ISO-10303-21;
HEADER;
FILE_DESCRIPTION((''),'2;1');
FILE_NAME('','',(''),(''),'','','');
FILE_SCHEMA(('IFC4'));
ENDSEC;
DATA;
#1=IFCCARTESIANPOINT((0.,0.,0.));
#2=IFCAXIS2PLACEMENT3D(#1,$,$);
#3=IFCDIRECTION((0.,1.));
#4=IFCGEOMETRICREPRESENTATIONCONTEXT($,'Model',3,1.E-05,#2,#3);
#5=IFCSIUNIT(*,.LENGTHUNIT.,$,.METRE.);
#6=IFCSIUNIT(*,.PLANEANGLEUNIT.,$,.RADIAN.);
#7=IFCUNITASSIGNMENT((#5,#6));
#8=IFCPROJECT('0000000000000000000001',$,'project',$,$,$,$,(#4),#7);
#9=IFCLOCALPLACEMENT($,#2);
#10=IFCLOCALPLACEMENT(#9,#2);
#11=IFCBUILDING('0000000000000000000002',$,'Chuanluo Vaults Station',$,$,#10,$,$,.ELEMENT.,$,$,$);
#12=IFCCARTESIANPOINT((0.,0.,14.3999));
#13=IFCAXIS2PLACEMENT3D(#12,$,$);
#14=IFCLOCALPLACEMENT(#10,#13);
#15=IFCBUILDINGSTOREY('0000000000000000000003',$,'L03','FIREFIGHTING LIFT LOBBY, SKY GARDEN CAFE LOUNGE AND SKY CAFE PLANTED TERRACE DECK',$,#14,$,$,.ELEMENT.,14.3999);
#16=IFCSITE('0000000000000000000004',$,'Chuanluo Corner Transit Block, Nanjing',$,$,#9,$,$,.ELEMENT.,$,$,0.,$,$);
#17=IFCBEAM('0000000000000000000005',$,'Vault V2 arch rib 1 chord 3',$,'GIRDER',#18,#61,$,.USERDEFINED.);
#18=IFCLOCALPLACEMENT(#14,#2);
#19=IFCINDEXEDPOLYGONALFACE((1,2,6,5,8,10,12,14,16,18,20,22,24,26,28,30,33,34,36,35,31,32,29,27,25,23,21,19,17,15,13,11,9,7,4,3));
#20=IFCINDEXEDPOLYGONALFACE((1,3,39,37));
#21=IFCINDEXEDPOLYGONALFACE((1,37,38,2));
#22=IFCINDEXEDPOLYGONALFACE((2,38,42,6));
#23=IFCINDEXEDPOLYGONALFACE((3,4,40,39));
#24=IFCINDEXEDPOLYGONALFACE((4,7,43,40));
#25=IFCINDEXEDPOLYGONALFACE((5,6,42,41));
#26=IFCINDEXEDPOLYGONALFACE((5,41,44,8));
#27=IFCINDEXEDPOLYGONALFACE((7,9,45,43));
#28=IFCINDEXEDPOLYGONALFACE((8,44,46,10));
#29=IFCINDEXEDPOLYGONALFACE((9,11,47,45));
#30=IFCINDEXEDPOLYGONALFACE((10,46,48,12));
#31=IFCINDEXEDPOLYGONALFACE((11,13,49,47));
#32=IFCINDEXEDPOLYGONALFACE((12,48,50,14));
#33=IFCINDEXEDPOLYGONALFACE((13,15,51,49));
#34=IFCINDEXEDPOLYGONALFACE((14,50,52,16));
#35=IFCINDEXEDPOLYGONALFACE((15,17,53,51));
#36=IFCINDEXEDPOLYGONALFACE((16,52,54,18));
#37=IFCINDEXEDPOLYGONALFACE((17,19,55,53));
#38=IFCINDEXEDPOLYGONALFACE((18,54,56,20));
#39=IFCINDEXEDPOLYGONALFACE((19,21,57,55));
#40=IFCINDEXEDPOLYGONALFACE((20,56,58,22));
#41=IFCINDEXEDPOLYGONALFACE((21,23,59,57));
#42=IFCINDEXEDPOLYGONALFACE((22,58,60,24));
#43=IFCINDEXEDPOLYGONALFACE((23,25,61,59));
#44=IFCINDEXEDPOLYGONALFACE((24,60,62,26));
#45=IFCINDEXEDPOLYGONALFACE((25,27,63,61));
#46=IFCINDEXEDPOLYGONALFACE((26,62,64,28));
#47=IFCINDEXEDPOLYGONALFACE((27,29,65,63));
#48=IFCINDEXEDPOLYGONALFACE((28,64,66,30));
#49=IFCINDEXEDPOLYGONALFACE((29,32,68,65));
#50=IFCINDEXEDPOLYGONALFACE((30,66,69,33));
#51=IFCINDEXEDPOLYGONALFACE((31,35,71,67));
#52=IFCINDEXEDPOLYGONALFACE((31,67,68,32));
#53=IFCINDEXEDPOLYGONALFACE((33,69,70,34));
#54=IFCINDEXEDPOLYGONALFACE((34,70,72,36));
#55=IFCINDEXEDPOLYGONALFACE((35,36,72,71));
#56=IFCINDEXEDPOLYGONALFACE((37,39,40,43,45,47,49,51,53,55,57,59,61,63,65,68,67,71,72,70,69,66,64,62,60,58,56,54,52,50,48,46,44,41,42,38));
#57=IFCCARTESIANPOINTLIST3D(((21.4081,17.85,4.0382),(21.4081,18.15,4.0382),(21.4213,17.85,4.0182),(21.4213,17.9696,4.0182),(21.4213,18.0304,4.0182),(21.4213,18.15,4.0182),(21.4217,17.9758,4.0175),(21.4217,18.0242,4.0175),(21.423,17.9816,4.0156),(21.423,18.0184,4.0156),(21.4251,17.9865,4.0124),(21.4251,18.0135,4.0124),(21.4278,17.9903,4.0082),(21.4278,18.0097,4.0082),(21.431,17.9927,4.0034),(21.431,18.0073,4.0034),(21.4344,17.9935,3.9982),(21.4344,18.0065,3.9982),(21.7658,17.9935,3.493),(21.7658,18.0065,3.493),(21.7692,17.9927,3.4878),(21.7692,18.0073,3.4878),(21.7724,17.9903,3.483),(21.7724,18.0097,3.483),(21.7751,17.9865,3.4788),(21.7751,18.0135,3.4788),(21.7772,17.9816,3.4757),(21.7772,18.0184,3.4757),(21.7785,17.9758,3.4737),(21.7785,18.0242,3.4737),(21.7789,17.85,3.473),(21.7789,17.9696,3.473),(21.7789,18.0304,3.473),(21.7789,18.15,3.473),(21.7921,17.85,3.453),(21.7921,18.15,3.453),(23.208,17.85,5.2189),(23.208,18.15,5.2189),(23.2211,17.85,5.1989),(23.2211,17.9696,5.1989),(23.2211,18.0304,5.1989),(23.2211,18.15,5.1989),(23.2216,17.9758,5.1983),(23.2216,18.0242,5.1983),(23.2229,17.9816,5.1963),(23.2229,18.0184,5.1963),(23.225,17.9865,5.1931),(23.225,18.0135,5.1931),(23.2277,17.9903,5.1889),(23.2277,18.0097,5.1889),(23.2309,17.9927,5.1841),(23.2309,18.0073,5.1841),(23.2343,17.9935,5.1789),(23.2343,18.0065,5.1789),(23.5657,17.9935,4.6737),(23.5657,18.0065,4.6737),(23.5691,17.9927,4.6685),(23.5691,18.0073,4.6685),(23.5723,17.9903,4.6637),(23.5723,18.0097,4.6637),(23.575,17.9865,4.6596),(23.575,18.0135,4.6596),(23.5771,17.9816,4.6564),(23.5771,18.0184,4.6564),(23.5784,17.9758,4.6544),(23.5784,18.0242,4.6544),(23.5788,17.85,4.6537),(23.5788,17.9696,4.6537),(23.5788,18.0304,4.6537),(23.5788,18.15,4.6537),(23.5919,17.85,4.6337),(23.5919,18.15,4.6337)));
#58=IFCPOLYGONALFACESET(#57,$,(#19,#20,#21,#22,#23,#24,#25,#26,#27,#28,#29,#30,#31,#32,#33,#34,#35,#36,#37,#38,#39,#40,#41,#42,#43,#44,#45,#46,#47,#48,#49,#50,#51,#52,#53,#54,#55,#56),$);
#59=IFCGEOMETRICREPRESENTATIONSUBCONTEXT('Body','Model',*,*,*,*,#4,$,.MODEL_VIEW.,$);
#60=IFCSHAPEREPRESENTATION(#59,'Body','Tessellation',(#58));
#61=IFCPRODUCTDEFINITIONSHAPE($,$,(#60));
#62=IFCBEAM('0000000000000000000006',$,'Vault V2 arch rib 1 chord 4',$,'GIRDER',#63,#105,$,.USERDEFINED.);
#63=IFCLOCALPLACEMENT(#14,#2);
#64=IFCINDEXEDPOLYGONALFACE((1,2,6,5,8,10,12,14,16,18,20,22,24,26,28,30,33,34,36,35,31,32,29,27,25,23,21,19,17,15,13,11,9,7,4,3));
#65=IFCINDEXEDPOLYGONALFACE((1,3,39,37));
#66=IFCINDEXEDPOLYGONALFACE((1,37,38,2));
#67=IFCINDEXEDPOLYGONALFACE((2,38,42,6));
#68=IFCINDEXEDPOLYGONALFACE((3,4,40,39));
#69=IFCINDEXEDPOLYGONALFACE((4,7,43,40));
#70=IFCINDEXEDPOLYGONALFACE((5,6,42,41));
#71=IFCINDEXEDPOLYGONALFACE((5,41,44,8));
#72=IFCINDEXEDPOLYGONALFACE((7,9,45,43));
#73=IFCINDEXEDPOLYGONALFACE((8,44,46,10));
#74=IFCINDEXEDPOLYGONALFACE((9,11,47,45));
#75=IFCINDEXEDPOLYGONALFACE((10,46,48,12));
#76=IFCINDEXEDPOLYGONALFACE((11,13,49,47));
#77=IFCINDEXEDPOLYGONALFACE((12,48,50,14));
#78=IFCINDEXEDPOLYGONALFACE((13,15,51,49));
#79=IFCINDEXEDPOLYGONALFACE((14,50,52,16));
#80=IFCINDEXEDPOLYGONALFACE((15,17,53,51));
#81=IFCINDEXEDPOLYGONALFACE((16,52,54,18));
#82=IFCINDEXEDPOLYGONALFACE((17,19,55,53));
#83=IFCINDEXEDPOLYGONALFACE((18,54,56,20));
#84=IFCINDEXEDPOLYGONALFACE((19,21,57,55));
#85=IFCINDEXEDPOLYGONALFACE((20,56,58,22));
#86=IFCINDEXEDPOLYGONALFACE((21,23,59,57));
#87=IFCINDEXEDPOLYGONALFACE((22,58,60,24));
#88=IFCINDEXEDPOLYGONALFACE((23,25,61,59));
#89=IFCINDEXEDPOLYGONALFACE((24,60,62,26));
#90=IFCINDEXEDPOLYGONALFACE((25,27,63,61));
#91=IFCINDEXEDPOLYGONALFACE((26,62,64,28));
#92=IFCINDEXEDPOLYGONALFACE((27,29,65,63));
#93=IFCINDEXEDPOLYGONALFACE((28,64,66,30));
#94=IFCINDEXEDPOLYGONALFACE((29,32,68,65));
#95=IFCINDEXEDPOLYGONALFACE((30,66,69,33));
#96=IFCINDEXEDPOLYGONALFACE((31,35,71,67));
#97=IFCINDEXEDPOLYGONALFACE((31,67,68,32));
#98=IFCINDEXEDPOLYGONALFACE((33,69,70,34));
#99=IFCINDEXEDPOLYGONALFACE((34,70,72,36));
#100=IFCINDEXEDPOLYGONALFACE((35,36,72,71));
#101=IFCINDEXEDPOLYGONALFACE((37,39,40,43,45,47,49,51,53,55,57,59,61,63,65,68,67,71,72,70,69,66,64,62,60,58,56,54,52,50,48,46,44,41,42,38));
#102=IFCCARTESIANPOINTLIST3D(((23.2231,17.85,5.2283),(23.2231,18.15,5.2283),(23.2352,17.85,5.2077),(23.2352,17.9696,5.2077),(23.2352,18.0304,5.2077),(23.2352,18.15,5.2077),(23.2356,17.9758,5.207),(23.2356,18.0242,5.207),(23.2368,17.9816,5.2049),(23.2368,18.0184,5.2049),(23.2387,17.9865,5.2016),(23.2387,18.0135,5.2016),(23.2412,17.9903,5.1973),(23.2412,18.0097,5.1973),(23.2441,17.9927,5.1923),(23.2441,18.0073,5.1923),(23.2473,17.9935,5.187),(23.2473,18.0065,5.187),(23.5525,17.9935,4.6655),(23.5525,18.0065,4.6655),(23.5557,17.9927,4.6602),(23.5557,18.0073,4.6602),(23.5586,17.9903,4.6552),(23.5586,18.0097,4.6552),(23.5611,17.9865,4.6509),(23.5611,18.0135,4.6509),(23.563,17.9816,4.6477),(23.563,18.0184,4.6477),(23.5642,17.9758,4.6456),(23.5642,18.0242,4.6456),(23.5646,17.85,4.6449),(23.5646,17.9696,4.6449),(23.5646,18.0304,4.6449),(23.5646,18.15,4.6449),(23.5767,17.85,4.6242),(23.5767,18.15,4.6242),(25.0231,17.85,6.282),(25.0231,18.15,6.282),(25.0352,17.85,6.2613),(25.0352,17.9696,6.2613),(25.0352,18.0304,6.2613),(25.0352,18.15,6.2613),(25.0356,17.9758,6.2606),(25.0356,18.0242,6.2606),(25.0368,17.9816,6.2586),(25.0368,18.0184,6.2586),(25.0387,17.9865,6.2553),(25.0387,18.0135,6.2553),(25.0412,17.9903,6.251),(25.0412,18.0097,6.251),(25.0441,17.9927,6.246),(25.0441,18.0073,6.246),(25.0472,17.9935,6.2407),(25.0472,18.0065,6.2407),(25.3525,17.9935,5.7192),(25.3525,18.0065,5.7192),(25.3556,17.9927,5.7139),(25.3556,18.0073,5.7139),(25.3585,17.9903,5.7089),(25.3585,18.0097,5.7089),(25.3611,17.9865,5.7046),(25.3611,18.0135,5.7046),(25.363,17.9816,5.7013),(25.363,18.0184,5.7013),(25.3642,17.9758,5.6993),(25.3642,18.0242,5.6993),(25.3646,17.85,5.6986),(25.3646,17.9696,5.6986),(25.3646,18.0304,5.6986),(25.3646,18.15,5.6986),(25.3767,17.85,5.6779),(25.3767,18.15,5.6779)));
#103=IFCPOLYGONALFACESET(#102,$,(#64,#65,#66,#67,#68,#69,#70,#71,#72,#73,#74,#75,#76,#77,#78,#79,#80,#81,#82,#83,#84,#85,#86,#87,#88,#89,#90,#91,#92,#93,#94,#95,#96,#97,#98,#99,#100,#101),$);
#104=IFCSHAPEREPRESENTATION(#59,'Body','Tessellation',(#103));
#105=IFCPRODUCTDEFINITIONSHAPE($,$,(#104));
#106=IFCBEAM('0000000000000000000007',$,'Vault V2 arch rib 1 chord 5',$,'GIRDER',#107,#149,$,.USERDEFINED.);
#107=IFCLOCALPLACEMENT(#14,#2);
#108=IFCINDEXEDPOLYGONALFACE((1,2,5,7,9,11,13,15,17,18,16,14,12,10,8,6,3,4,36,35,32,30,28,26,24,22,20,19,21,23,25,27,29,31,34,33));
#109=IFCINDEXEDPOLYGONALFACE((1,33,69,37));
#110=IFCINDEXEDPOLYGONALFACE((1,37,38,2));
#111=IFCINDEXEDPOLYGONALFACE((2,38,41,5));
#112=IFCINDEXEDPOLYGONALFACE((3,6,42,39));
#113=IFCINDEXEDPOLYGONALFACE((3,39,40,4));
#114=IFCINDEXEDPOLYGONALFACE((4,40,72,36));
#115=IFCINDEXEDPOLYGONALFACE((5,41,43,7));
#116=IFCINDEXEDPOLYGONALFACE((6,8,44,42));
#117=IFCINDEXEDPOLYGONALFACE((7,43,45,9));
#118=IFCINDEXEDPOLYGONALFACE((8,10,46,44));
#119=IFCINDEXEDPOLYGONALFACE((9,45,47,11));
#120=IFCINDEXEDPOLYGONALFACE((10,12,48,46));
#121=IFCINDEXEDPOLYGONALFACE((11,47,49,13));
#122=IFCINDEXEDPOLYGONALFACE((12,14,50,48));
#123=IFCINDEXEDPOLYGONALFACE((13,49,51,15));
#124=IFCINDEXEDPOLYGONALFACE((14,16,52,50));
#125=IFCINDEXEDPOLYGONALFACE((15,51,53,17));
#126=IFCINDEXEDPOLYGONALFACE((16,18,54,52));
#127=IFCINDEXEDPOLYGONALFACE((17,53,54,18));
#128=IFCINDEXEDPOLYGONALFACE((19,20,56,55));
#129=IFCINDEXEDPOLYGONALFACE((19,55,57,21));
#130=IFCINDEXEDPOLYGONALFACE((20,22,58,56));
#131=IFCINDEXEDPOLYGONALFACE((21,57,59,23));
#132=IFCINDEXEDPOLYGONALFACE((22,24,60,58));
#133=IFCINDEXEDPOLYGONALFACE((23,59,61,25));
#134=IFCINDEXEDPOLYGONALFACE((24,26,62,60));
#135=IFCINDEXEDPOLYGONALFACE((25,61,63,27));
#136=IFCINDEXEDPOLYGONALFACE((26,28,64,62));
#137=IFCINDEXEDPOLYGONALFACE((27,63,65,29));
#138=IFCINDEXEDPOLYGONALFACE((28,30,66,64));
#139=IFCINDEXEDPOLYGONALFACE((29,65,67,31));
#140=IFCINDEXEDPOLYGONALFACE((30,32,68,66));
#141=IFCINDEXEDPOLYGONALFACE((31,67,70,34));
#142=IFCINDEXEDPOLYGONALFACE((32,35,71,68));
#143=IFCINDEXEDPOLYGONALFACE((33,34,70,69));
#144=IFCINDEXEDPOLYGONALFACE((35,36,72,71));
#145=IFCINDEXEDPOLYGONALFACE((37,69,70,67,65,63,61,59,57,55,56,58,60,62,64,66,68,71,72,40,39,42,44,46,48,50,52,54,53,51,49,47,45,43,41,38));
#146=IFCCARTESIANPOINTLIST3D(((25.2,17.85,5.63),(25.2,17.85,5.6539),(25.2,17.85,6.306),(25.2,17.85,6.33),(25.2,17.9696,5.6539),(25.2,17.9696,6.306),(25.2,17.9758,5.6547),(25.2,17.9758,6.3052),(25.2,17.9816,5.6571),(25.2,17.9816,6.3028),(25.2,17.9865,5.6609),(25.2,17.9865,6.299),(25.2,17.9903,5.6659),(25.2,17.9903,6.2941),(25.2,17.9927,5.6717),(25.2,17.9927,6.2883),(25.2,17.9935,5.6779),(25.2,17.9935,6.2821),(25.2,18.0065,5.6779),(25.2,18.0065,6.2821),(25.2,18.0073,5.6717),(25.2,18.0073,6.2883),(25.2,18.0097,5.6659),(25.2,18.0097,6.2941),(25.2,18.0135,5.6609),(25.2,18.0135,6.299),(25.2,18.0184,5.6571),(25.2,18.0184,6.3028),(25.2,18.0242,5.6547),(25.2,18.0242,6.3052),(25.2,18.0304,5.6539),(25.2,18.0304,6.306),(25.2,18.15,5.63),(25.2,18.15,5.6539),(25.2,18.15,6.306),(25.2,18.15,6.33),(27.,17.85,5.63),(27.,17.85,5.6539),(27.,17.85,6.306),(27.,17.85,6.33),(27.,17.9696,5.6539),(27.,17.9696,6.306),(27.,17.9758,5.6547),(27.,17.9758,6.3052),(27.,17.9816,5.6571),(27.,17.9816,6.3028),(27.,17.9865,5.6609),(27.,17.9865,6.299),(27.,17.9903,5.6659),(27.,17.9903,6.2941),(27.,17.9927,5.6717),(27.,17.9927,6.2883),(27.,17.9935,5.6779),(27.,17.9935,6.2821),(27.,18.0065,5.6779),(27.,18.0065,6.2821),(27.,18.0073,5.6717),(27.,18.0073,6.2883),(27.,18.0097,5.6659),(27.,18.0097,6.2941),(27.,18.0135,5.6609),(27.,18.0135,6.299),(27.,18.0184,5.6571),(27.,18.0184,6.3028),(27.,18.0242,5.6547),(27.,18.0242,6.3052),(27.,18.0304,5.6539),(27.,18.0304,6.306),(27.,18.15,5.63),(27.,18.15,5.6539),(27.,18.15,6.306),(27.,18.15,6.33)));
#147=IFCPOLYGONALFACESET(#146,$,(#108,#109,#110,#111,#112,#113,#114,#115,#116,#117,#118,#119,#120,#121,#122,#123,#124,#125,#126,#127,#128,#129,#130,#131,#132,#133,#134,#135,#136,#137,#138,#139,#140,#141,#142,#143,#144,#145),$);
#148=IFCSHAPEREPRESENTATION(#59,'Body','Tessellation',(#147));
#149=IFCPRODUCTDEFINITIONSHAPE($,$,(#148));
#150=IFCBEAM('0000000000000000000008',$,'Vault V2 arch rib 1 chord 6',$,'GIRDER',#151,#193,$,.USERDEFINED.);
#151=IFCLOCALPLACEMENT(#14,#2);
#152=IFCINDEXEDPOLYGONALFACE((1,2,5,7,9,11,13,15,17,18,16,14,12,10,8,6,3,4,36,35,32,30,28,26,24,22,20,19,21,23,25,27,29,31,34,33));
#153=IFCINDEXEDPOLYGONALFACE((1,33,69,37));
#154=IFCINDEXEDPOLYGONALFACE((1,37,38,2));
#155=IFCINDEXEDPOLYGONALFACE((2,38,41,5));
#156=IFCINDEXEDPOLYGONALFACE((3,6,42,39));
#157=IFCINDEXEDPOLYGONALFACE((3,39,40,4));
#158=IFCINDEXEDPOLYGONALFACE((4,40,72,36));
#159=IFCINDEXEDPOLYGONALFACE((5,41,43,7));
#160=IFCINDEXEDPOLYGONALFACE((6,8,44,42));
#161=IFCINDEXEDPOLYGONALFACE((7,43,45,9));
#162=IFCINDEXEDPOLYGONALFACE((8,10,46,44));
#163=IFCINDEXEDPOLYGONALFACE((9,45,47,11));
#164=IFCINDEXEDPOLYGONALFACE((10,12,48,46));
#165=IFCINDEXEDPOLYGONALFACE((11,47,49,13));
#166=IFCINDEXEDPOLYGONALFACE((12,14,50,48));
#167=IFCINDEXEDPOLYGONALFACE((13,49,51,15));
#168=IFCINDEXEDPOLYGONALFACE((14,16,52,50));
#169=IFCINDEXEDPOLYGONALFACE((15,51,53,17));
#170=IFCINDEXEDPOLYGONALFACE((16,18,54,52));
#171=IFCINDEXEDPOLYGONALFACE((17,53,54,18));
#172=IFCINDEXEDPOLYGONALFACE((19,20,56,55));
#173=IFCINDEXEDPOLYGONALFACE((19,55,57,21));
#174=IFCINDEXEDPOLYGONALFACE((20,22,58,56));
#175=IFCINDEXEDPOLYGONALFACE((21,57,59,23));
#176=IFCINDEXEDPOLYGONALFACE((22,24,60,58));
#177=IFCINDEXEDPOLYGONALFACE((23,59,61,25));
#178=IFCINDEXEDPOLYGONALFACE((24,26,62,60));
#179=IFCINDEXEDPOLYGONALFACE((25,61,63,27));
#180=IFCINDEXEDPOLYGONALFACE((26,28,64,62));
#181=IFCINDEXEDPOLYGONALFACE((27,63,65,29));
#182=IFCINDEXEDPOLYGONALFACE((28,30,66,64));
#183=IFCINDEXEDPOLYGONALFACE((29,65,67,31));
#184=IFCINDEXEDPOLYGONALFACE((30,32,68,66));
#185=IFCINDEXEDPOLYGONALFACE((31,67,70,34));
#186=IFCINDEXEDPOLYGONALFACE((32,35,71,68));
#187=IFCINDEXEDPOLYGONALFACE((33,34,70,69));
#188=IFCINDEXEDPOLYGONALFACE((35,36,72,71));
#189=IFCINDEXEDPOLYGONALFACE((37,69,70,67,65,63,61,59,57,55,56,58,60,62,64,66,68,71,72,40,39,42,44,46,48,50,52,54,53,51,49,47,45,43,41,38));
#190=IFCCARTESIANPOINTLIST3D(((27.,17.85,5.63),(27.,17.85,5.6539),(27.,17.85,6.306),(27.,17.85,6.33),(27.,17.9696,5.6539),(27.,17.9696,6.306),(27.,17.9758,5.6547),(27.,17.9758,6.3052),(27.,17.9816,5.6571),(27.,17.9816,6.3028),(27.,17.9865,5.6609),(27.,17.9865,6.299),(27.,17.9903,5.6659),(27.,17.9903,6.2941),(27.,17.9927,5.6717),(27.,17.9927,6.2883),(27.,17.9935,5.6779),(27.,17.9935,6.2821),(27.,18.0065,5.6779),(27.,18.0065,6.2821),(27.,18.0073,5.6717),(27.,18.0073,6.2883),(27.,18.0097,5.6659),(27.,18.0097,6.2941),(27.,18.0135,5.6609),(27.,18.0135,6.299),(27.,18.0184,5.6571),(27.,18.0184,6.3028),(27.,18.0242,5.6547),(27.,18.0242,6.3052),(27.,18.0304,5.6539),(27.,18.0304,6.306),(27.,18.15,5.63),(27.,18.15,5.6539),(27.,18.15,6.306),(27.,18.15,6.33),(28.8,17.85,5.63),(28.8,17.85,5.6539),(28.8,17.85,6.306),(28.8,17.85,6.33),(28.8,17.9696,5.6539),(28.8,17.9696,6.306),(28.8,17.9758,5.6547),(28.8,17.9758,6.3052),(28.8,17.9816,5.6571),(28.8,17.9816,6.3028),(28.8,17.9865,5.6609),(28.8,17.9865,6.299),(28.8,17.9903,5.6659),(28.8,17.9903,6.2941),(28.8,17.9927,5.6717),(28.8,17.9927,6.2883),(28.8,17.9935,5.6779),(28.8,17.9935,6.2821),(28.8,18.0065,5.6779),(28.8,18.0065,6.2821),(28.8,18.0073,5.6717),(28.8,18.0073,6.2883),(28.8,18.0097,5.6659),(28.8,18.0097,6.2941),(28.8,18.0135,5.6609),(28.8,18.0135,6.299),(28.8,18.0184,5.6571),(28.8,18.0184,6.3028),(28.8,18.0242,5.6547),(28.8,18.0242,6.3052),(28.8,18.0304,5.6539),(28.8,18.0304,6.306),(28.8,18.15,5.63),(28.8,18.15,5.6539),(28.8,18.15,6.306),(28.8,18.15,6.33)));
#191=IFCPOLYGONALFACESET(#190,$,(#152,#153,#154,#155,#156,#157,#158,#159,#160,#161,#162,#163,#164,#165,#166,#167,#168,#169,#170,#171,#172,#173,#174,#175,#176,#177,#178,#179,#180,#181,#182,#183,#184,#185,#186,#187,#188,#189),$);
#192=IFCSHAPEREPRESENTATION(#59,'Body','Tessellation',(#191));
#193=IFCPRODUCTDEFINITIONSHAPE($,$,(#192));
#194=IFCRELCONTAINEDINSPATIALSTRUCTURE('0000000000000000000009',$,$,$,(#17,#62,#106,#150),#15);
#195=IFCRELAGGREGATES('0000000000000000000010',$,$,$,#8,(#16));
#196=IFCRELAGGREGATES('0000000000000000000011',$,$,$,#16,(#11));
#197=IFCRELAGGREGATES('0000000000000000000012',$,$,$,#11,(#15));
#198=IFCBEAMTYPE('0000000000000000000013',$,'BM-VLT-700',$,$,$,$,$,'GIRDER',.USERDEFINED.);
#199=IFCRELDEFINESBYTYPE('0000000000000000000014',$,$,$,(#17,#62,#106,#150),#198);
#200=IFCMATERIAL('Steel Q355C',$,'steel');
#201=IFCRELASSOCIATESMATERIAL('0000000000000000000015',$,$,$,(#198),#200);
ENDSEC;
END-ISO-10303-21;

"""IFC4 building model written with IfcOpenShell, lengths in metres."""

from ifc_helpers import new_model, si_unit, direction, frame, origin, origin_2d, place, context, subcontext, project, spatial, i_section, extrude, material, material_profile, profile_set, type_object, element, save


model = new_model("IFC4")

# Units and contexts
model_context = context("Model", 3, precision=1e-05, world=origin(), true_north=direction((0.0, 1.0)))
body_context = subcontext(model_context, "Body", "Model", "MODEL_VIEW")
ifc_project = project(units=[si_unit("LENGTHUNIT", "METRE"), si_unit("PLANEANGLEUNIT", "RADIAN")], contexts=[model_context])

# Site, building, storey
site_placement = place(None, origin())
site = spatial("IfcSite", under=ifc_project, at=site_placement, Name="Chuanluo Corner Transit Block, Nanjing", CompositionType="ELEMENT", RefElevation=0.0)
building_placement = place(site_placement, origin())
building = spatial("IfcBuilding", under=site, at=building_placement, Name="Chuanluo Vaults Station", CompositionType="ELEMENT")
storey_placement = place(building_placement, frame((0.0, 0.0, 14.3999)))
storey = spatial("IfcBuildingStorey", under=building, at=storey_placement, Name="L03", Description="FIREFIGHTING LIFT LOBBY, SKY GARDEN CAFE LOUNGE AND SKY CAFE PLANTED TERRACE DECK", CompositionType="ELEMENT", Elevation=14.3999)

# Beams
ifc_material_1 = material(Name="Steel Q355C", Category="steel")
ifc_material_profile_1 = material_profile(ifc_material_1, i_section(OverallWidth=0.3, OverallDepth=0.7, WebThickness=0.0129, FlangeThickness=0.0239, FilletRadius=0.0239, at=origin_2d()))
ifc_profile_set_1 = profile_set([ifc_material_profile_1], Name="Steel Q355C")
beam_type_1 = type_object("IfcBeamType", Name="BM-VLT-700", ElementType="GIRDER", PredefinedType="USERDEFINED", material=ifc_profile_set_1)
beam_1_placement = place(storey_placement, frame((21.6001, 18.0, 3.7456), z_axis=(0.836145, 0.0, 0.548508), x_axis=(0.0, 1.0, 0.0)))
element("IfcBeam", 1, at=beam_1_placement, inside=storey, type_object=beam_type_1, Name="Vault V2 arch rib 1 chord 3", ObjectType="GIRDER", PredefinedType="USERDEFINED", context=body_context, shape_type="SweptSolid", body=[
    extrude(i_section(OverallWidth=0.3, OverallDepth=0.7, WebThickness=0.0129, FlangeThickness=0.0239, FilletRadius=0.0239, at=origin_2d()), origin(), (0.0, 0.0, 1.0), 2.1526),
])
beam_2_placement = place(storey_placement, frame((23.3999, 18.0, 4.9263), z_axis=(0.863009, 0.0, 0.505188), x_axis=(0.0, 1.0, 0.0)))
element("IfcBeam", 2, at=beam_2_placement, inside=storey, type_object=beam_type_1, Name="Vault V2 arch rib 1 chord 4", ObjectType="GIRDER", PredefinedType="USERDEFINED", context=body_context, shape_type="SweptSolid", body=[
    extrude(i_section(OverallWidth=0.3, OverallDepth=0.7, WebThickness=0.0129, FlangeThickness=0.0239, FilletRadius=0.0239, at=origin_2d()), origin(), (0.0, 0.0, 1.0), 2.0857),
])
for number, where, z_axis, x_axis, name in (
    (3, (25.2, 18.0, 5.98), (1.0, 0.0, 0.0), (0.0, 1.0, 0.0), "Vault V2 arch rib 1 chord 5"),
    (4, (27.0, 18.0, 5.98), (1.0, 0.0, 0.0), (0.0, 1.0, 0.0), "Vault V2 arch rib 1 chord 6"),
):
    element("IfcBeam", number, at=place(storey_placement, frame(where, z_axis=z_axis, x_axis=x_axis)), inside=storey, type_object=beam_type_1, Name=name, ObjectType="GIRDER", PredefinedType="USERDEFINED", context=body_context, shape_type="SweptSolid", body=[
        extrude(i_section(OverallWidth=0.3, OverallDepth=0.7, WebThickness=0.0129, FlangeThickness=0.0239, FilletRadius=0.0239, at=origin_2d()), origin(), (0.0, 0.0, 1.0), 1.8),
    ])

save(model, "model.ifc")
